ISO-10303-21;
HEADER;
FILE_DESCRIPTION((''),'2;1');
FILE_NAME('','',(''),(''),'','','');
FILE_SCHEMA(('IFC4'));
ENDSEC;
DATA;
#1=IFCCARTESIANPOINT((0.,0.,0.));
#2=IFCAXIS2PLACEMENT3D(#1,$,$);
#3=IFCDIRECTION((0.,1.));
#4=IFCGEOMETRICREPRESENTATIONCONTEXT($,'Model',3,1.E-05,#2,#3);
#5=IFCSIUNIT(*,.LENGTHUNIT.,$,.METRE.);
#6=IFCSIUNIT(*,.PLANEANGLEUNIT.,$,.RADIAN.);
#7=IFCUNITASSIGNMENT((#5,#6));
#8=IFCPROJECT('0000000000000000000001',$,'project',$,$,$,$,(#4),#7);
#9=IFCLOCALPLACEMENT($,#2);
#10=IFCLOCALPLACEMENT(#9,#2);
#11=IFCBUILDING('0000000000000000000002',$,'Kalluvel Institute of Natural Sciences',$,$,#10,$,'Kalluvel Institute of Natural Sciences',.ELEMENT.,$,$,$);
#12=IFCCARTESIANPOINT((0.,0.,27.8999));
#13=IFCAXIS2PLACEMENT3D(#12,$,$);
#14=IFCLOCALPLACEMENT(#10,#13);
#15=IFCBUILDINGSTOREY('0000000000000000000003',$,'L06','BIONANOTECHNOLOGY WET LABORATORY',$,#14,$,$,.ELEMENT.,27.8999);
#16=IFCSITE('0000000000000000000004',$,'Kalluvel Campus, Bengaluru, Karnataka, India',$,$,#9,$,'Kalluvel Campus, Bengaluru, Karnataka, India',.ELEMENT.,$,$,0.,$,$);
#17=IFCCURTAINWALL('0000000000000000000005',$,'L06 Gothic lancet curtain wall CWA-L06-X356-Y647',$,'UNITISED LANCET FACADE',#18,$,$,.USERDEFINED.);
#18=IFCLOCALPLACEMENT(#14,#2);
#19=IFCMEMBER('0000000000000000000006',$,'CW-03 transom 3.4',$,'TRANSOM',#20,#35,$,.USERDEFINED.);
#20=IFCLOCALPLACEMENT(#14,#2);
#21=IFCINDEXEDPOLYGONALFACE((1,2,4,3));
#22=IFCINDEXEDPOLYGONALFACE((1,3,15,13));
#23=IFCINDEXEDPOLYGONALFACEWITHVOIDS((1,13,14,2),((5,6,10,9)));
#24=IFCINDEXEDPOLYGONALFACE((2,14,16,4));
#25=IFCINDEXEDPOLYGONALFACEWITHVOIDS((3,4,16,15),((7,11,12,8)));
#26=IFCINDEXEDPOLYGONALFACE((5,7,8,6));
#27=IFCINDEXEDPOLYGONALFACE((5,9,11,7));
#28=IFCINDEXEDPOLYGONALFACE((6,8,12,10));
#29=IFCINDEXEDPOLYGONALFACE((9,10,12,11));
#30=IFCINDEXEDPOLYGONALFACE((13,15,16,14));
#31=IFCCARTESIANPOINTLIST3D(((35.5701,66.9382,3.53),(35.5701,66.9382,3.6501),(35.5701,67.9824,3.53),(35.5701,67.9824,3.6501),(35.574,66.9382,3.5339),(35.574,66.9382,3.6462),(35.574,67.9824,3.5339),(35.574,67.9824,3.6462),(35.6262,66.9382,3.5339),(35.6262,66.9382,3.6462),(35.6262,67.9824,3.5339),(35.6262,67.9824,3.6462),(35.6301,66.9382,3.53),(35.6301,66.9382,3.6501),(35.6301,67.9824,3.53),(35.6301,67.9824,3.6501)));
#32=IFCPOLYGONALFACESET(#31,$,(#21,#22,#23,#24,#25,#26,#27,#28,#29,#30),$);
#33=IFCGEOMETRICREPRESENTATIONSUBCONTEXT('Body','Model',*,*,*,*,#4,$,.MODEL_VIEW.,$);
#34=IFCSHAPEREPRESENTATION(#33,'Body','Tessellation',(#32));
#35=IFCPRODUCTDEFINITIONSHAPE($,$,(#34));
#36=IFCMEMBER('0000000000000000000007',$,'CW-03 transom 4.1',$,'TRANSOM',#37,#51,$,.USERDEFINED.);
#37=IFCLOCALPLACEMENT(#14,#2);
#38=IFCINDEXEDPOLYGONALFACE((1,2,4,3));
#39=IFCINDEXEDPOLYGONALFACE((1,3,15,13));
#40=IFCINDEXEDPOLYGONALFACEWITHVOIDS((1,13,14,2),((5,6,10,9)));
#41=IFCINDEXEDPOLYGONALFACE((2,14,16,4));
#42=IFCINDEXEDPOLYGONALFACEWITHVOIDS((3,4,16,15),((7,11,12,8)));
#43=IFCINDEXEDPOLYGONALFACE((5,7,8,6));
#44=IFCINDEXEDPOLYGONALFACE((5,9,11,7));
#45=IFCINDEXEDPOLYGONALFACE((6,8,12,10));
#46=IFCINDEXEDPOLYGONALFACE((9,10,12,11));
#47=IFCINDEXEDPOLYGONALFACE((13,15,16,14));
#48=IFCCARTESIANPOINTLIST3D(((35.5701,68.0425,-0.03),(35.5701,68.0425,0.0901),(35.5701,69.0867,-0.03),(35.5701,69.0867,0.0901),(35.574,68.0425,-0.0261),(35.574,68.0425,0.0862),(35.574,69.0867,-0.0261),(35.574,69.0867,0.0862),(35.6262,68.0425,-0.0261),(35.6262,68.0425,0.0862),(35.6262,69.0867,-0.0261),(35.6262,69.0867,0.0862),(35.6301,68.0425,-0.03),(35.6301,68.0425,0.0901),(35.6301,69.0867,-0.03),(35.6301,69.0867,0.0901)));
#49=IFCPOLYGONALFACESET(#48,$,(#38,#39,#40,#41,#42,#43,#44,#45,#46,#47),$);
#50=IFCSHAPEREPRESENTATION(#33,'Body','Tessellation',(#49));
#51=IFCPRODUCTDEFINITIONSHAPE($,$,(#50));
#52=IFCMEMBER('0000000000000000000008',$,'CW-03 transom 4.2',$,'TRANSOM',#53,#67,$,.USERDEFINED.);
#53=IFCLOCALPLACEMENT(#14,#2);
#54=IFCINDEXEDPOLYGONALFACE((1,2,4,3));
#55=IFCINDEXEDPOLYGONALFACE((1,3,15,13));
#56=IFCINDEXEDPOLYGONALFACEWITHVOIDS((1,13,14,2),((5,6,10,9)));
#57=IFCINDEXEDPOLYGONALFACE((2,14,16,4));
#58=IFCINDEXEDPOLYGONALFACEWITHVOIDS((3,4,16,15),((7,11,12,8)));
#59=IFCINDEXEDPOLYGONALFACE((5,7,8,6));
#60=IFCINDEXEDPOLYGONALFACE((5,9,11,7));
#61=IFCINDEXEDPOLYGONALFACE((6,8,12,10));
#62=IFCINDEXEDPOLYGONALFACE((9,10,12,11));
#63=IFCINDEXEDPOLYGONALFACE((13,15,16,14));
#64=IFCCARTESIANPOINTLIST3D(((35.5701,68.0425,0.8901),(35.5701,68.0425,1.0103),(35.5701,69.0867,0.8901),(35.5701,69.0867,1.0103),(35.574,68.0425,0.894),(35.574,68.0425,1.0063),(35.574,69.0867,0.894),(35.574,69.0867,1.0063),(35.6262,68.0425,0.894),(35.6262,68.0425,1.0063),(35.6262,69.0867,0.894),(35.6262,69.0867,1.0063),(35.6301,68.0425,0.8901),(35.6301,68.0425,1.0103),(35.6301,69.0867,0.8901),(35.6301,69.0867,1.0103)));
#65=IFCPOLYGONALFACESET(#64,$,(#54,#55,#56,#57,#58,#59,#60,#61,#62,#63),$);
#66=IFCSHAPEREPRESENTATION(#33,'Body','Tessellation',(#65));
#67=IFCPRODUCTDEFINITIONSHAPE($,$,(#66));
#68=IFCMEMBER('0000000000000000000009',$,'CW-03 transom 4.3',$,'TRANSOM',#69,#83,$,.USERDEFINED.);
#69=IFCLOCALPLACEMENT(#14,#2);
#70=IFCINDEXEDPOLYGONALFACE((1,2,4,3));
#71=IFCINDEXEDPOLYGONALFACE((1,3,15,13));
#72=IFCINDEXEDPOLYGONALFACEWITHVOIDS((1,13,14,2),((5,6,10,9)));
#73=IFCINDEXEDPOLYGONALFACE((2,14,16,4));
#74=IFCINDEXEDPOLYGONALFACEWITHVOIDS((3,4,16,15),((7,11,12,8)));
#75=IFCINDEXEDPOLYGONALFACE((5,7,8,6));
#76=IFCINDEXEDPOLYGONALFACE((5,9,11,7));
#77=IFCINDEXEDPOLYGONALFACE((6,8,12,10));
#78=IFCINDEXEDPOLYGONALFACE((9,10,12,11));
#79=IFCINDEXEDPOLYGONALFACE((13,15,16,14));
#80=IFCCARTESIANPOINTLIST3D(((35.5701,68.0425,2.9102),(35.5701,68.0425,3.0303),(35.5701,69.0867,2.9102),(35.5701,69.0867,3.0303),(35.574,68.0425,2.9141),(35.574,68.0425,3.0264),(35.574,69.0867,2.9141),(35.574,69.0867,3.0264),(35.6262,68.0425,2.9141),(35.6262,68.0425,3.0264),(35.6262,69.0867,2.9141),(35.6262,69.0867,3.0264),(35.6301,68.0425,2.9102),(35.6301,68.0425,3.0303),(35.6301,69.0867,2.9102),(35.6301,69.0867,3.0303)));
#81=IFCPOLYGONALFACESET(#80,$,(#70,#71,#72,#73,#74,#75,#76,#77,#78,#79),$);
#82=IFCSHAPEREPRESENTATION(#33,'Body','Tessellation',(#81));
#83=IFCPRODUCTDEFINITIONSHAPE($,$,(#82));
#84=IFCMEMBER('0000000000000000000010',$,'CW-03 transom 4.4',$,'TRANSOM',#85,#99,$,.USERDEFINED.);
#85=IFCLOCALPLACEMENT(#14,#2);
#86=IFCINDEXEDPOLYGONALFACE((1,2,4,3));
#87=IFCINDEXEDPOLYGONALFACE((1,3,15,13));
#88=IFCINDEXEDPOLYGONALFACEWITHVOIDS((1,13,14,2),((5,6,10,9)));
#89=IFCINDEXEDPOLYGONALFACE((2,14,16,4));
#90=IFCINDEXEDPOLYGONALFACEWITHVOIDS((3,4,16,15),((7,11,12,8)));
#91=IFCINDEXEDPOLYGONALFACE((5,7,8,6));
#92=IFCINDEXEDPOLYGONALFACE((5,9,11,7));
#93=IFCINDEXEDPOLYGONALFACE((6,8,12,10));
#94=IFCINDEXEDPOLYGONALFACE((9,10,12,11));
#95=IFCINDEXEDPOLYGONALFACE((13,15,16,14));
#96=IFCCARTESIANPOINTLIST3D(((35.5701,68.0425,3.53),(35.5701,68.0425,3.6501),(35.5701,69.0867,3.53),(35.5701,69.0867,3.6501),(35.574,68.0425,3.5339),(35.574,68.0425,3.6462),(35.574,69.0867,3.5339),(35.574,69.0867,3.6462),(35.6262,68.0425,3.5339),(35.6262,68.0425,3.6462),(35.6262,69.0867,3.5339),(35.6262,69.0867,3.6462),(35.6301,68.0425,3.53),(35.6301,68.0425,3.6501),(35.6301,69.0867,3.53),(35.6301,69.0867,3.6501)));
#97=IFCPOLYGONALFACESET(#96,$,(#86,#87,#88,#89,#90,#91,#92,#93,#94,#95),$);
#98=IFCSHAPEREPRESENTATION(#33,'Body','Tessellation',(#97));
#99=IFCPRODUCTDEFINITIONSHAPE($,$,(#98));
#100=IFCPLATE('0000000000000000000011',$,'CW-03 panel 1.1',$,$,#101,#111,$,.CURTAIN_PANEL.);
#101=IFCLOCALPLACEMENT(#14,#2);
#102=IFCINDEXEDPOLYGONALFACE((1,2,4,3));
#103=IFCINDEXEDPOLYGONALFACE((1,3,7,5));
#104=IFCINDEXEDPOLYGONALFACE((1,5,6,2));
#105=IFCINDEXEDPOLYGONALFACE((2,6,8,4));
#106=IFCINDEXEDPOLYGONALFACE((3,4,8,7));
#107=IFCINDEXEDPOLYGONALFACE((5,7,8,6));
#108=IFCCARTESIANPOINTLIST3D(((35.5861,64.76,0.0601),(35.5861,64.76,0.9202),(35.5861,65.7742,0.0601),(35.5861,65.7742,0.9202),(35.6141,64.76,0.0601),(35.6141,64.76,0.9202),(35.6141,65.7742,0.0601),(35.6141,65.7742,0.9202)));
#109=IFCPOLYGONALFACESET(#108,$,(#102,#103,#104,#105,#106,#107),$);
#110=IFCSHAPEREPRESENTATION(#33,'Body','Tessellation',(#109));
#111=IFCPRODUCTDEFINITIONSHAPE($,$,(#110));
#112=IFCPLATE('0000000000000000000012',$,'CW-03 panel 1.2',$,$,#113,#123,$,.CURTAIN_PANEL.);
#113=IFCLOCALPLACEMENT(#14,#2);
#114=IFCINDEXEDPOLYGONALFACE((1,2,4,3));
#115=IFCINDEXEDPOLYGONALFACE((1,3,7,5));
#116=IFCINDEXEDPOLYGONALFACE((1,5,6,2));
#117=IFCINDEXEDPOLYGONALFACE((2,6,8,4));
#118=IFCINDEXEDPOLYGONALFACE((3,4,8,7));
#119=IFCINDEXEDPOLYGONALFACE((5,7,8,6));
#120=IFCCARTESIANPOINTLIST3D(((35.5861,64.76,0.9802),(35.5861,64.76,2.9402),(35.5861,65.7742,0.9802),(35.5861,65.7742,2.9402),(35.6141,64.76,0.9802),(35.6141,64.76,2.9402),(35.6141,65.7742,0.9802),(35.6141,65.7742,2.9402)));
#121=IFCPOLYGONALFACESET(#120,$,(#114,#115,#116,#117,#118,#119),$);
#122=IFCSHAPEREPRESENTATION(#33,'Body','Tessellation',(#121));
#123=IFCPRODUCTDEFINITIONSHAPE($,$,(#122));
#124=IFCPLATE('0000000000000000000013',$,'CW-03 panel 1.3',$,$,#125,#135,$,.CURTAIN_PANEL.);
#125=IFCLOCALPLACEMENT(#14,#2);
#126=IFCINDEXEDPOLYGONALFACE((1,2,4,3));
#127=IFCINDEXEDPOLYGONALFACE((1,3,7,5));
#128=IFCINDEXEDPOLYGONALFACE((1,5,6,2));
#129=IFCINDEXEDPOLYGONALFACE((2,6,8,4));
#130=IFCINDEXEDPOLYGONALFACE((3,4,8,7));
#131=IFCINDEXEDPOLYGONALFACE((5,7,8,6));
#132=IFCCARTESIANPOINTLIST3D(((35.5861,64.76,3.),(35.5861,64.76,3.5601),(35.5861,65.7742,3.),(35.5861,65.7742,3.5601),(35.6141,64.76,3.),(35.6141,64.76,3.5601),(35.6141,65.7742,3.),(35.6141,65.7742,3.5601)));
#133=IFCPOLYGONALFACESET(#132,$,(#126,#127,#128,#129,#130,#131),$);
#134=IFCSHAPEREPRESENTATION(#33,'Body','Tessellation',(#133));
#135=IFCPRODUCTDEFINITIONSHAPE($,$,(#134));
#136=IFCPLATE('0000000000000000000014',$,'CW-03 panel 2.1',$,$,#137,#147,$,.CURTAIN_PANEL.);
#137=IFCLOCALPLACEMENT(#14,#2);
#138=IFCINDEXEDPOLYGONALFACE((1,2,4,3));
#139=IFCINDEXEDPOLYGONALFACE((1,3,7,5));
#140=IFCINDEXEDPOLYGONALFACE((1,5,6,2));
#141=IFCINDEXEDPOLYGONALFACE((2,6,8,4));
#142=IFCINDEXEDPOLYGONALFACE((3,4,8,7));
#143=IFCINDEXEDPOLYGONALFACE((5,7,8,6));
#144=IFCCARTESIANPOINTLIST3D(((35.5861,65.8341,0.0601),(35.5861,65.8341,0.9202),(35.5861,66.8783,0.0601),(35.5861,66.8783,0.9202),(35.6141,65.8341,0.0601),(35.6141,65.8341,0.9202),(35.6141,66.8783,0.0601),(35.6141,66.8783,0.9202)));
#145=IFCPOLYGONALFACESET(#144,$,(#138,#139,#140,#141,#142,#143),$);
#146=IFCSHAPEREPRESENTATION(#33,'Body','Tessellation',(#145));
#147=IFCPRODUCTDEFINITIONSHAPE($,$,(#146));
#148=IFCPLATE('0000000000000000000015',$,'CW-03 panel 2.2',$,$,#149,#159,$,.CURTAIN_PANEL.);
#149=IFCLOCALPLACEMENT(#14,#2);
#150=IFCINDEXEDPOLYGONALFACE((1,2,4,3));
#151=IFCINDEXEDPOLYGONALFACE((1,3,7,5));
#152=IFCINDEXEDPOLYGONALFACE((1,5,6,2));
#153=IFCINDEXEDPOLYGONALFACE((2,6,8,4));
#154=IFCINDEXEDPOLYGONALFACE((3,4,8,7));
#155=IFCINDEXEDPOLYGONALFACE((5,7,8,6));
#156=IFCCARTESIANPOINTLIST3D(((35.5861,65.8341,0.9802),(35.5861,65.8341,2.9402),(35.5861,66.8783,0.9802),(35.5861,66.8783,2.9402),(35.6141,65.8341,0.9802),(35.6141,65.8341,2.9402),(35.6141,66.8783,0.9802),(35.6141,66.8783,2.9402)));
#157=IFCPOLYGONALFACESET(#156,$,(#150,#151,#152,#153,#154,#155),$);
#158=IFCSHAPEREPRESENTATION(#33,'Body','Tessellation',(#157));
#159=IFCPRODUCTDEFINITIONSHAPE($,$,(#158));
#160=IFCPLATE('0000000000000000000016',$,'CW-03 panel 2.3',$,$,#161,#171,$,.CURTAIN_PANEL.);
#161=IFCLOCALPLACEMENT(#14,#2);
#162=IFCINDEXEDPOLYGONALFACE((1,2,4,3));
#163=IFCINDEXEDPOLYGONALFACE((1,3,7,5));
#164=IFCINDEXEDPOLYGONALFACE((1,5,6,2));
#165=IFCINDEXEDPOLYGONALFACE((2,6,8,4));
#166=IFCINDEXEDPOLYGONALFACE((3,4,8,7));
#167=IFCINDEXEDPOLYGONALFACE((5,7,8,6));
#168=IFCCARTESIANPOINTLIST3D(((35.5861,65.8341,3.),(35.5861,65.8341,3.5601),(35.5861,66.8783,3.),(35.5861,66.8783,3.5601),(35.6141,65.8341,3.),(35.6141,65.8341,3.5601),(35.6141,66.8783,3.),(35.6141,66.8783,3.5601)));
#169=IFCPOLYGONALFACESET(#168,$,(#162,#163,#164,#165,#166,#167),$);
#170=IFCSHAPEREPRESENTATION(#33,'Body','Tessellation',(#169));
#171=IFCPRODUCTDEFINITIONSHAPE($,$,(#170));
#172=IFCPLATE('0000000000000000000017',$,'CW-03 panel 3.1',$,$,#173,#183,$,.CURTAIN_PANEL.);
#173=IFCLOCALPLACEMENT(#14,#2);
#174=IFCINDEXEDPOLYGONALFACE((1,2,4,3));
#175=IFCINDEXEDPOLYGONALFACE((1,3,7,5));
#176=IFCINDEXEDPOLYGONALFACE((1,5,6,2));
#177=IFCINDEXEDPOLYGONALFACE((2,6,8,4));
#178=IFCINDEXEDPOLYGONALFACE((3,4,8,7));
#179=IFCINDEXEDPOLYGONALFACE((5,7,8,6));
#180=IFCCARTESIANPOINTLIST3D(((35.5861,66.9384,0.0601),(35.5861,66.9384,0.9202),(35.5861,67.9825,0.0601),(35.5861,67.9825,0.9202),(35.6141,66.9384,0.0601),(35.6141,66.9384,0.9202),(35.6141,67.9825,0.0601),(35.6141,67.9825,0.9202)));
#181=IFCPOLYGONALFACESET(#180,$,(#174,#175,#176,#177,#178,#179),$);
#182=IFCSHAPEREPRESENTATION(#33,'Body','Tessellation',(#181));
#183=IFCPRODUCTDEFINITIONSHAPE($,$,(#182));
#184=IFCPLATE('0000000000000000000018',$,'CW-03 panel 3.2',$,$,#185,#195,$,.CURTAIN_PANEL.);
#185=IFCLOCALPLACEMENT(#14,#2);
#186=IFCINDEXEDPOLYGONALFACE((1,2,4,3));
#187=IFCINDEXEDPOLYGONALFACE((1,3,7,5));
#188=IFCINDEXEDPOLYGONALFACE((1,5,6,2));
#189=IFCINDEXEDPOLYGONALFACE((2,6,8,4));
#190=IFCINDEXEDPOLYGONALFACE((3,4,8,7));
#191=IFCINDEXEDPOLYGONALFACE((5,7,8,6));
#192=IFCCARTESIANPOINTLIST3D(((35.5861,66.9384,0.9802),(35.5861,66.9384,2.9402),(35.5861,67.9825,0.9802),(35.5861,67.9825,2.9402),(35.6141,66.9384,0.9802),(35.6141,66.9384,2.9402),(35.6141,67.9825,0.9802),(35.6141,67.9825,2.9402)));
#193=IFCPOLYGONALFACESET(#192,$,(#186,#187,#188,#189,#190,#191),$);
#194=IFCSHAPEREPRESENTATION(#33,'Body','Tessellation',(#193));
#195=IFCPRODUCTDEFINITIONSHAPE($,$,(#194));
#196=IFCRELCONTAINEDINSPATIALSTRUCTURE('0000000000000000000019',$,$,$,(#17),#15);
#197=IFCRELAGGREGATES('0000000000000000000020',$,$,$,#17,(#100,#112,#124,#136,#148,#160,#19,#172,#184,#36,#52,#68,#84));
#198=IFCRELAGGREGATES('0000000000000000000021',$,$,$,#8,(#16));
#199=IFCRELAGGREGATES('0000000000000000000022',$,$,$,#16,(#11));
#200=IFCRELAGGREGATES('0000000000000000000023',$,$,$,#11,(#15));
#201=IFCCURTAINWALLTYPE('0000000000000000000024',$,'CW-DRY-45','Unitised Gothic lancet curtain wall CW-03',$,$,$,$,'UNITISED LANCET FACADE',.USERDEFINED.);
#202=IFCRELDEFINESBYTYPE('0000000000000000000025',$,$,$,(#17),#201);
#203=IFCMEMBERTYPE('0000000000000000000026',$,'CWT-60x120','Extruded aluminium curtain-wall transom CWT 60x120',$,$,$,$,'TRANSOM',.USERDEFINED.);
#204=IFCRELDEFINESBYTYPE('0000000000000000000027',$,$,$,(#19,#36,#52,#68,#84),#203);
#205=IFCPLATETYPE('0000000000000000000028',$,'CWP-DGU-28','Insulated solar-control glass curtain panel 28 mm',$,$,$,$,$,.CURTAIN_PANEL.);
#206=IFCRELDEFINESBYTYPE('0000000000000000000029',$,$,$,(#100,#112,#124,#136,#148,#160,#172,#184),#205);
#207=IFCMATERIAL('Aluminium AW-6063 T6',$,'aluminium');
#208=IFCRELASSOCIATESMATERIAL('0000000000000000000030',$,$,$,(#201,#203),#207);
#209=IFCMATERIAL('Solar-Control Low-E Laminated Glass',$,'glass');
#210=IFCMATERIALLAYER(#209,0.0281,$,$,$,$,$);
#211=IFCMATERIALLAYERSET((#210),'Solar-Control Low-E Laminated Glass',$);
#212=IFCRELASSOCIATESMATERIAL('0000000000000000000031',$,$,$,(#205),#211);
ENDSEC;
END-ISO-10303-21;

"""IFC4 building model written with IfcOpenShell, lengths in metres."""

from ifc_helpers import new_model, si_unit, direction, frame, origin, origin_2d, place, context, subcontext, project, spatial, rectangle, hollow_rectangle, extrude, material, layer, layer_set, material_profile, profile_set, type_object, element, aggregate, save


model = new_model("IFC4")

# Units and contexts
model_context = context("Model", 3, precision=1e-05, world=origin(), true_north=direction((0.0, 1.0)))
body_context = subcontext(model_context, "Body", "Model", "MODEL_VIEW")
ifc_project = project(units=[si_unit("LENGTHUNIT", "METRE"), si_unit("PLANEANGLEUNIT", "RADIAN")], contexts=[model_context])

# Site, building, storey
site_placement = place(None, origin())
site = spatial("IfcSite", under=ifc_project, at=site_placement, Name="Kalluvel Campus, Bengaluru, Karnataka, India", LongName="Kalluvel Campus, Bengaluru, Karnataka, India", CompositionType="ELEMENT", RefElevation=0.0)
building_placement = place(site_placement, origin())
building = spatial("IfcBuilding", under=site, at=building_placement, Name="Kalluvel Institute of Natural Sciences", LongName="Kalluvel Institute of Natural Sciences", CompositionType="ELEMENT")
storey_placement = place(building_placement, frame((0.0, 0.0, 27.8999)))
storey = spatial("IfcBuildingStorey", under=building, at=storey_placement, Name="L06", Description="BIONANOTECHNOLOGY WET LABORATORY", CompositionType="ELEMENT", Elevation=27.8999)

# Curtain wall, members, plates
ifc_material_1 = material(Name="Aluminium AW-6063 T6", Category="aluminium")
curtain_wall_type = type_object("IfcCurtainWallType", Name="CW-DRY-45", Description="Unitised Gothic lancet curtain wall CW-03", ElementType="UNITISED LANCET FACADE", PredefinedType="USERDEFINED", material=ifc_material_1)
curtain_wall_placement = place(storey_placement, origin())
curtain_wall = element("IfcCurtainWall", 1, at=curtain_wall_placement, inside=storey, type_object=curtain_wall_type, Name="L06 Gothic lancet curtain wall CWA-L06-X356-Y647", ObjectType="UNITISED LANCET FACADE", PredefinedType="USERDEFINED")
ifc_material_profile_1 = material_profile(ifc_material_1, hollow_rectangle(XDim=0.0601, YDim=0.1201, WallThickness=0.0039, at=origin_2d()), Name="CWT 60x120")
ifc_profile_set_1 = profile_set([ifc_material_profile_1], Name="Aluminium AW-6063 T6")
member_type_1 = type_object("IfcMemberType", Name="CWT-60x120", Description="Extruded aluminium curtain-wall transom CWT 60x120", ElementType="TRANSOM", PredefinedType="USERDEFINED", material=ifc_profile_set_1)
member_1_placement = place(storey_placement, frame((35.6001, 66.9382, 3.5901), z_axis=(0.0, 1.0, 0.0), x_axis=(-1.0, 0.0, 0.0)))
member_1 = element("IfcMember", 2, at=member_1_placement, type_object=member_type_1, Name="CW-03 transom 3.4", ObjectType="TRANSOM", PredefinedType="USERDEFINED", context=body_context, shape_type="SweptSolid", body=[
    extrude(hollow_rectangle(XDim=0.0601, YDim=0.1201, WallThickness=0.0039, at=origin_2d()), origin(), (0.0, 0.0, 1.0), 1.0442),
])
member_2_placement = place(storey_placement, frame((35.6001, 68.0425, 0.03), z_axis=(0.0, 1.0, 0.0), x_axis=(-1.0, 0.0, 0.0)))
member_2 = element("IfcMember", 3, at=member_2_placement, type_object=member_type_1, Name="CW-03 transom 4.1", ObjectType="TRANSOM", PredefinedType="USERDEFINED", context=body_context, shape_type="SweptSolid", body=[
    extrude(hollow_rectangle(XDim=0.0601, YDim=0.1201, WallThickness=0.0039, at=origin_2d()), origin(), (0.0, 0.0, 1.0), 1.0442),
])
member_3_placement = place(storey_placement, frame((35.6001, 68.0425, 0.9502), z_axis=(0.0, 1.0, 0.0), x_axis=(-1.0, 0.0, 0.0)))
member_3 = element("IfcMember", 4, at=member_3_placement, type_object=member_type_1, Name="CW-03 transom 4.2", ObjectType="TRANSOM", PredefinedType="USERDEFINED", context=body_context, shape_type="SweptSolid", body=[
    extrude(hollow_rectangle(XDim=0.0601, YDim=0.1201, WallThickness=0.0039, at=origin_2d()), origin(), (0.0, 0.0, 1.0), 1.0442),
])
member_4_placement = place(storey_placement, frame((35.6001, 68.0425, 2.9702), z_axis=(0.0, 1.0, 0.0), x_axis=(-1.0, 0.0, 0.0)))
member_4 = element("IfcMember", 5, at=member_4_placement, type_object=member_type_1, Name="CW-03 transom 4.3", ObjectType="TRANSOM", PredefinedType="USERDEFINED", context=body_context, shape_type="SweptSolid", body=[
    extrude(hollow_rectangle(XDim=0.0601, YDim=0.1201, WallThickness=0.0039, at=origin_2d()), origin(), (0.0, 0.0, 1.0), 1.0442),
])
member_5_placement = place(storey_placement, frame((35.6001, 68.0425, 3.5901), z_axis=(0.0, 1.0, 0.0), x_axis=(-1.0, 0.0, 0.0)))
member_5 = element("IfcMember", 6, at=member_5_placement, type_object=member_type_1, Name="CW-03 transom 4.4", ObjectType="TRANSOM", PredefinedType="USERDEFINED", context=body_context, shape_type="SweptSolid", body=[
    extrude(hollow_rectangle(XDim=0.0601, YDim=0.1201, WallThickness=0.0039, at=origin_2d()), origin(), (0.0, 0.0, 1.0), 1.0442),
])
ifc_material_2 = material(Name="Solar-Control Low-E Laminated Glass", Category="glass")
ifc_layer = layer(ifc_material_2, 0.0281)
ifc_layer_set = layer_set([ifc_layer], Name="Solar-Control Low-E Laminated Glass")
plate_type = type_object("IfcPlateType", Name="CWP-DGU-28", Description="Insulated solar-control glass curtain panel 28 mm", PredefinedType="CURTAIN_PANEL", material=ifc_layer_set)
plate_1_placement = place(storey_placement, frame((35.6001, 65.2671, 0.0601), z_axis=(0.0, 0.0, 1.0), x_axis=(0.0, 1.0, 0.0)))
plate_1 = element("IfcPlate", 7, at=plate_1_placement, type_object=plate_type, Name="CW-03 panel 1.1", PredefinedType="CURTAIN_PANEL", context=body_context, shape_type="SweptSolid", body=[
    extrude(rectangle(XDim=1.0142, YDim=0.0281, at=origin_2d()), origin(), (0.0, 0.0, 1.0), 0.8601),
])
plate_2_placement = place(storey_placement, frame((35.6001, 65.2671, 0.9802), z_axis=(0.0, 0.0, 1.0), x_axis=(0.0, 1.0, 0.0)))
plate_2 = element("IfcPlate", 8, at=plate_2_placement, type_object=plate_type, Name="CW-03 panel 1.2", PredefinedType="CURTAIN_PANEL", context=body_context, shape_type="SweptSolid", body=[
    extrude(rectangle(XDim=1.0142, YDim=0.0281, at=origin_2d()), origin(), (0.0, 0.0, 1.0), 1.96),
])
plate_3_placement = place(storey_placement, frame((35.6001, 65.2671, 3.0), z_axis=(0.0, 0.0, 1.0), x_axis=(0.0, 1.0, 0.0)))
plate_3 = element("IfcPlate", 9, at=plate_3_placement, type_object=plate_type, Name="CW-03 panel 1.3", PredefinedType="CURTAIN_PANEL", context=body_context, shape_type="SweptSolid", body=[
    extrude(rectangle(XDim=1.0142, YDim=0.0281, at=origin_2d()), origin(), (0.0, 0.0, 1.0), 0.5601),
])
plate_4_placement = place(storey_placement, frame((35.6001, 66.3562, 0.0601), z_axis=(0.0, 0.0, 1.0), x_axis=(0.0, 1.0, 0.0)))
plate_4 = element("IfcPlate", 10, at=plate_4_placement, type_object=plate_type, Name="CW-03 panel 2.1", PredefinedType="CURTAIN_PANEL", context=body_context, shape_type="SweptSolid", body=[
    extrude(rectangle(XDim=1.0442, YDim=0.0281, at=origin_2d()), origin(), (0.0, 0.0, 1.0), 0.8601),
])
plate_5_placement = place(storey_placement, frame((35.6001, 66.3562, 0.9802), z_axis=(0.0, 0.0, 1.0), x_axis=(0.0, 1.0, 0.0)))
plate_5 = element("IfcPlate", 11, at=plate_5_placement, type_object=plate_type, Name="CW-03 panel 2.2", PredefinedType="CURTAIN_PANEL", context=body_context, shape_type="SweptSolid", body=[
    extrude(rectangle(XDim=1.0442, YDim=0.0281, at=origin_2d()), origin(), (0.0, 0.0, 1.0), 1.96),
])
plate_6_placement = place(storey_placement, frame((35.6001, 66.3562, 3.0), z_axis=(0.0, 0.0, 1.0), x_axis=(0.0, 1.0, 0.0)))
plate_6 = element("IfcPlate", 12, at=plate_6_placement, type_object=plate_type, Name="CW-03 panel 2.3", PredefinedType="CURTAIN_PANEL", context=body_context, shape_type="SweptSolid", body=[
    extrude(rectangle(XDim=1.0442, YDim=0.0281, at=origin_2d()), origin(), (0.0, 0.0, 1.0), 0.5601),
])
plate_7_placement = place(storey_placement, frame((35.6001, 67.4604, 0.0601), z_axis=(0.0, 0.0, 1.0), x_axis=(0.0, 1.0, 0.0)))
plate_7 = element("IfcPlate", 13, at=plate_7_placement, type_object=plate_type, Name="CW-03 panel 3.1", PredefinedType="CURTAIN_PANEL", context=body_context, shape_type="SweptSolid", body=[
    extrude(rectangle(XDim=1.0442, YDim=0.0281, at=origin_2d()), origin(), (0.0, 0.0, 1.0), 0.8601),
])
plate_8_placement = place(storey_placement, frame((35.6001, 67.4604, 0.9802), z_axis=(0.0, 0.0, 1.0), x_axis=(0.0, 1.0, 0.0)))
plate_8 = element("IfcPlate", 14, at=plate_8_placement, type_object=plate_type, Name="CW-03 panel 3.2", PredefinedType="CURTAIN_PANEL", context=body_context, shape_type="SweptSolid", body=[
    extrude(rectangle(XDim=1.0442, YDim=0.0281, at=origin_2d()), origin(), (0.0, 0.0, 1.0), 1.96),
])
aggregate(curtain_wall, [plate_1, plate_2, plate_3, plate_4, plate_5, plate_6, member_1, plate_7, plate_8, member_2, member_3, member_4, member_5])

save(model, "model.ifc")
